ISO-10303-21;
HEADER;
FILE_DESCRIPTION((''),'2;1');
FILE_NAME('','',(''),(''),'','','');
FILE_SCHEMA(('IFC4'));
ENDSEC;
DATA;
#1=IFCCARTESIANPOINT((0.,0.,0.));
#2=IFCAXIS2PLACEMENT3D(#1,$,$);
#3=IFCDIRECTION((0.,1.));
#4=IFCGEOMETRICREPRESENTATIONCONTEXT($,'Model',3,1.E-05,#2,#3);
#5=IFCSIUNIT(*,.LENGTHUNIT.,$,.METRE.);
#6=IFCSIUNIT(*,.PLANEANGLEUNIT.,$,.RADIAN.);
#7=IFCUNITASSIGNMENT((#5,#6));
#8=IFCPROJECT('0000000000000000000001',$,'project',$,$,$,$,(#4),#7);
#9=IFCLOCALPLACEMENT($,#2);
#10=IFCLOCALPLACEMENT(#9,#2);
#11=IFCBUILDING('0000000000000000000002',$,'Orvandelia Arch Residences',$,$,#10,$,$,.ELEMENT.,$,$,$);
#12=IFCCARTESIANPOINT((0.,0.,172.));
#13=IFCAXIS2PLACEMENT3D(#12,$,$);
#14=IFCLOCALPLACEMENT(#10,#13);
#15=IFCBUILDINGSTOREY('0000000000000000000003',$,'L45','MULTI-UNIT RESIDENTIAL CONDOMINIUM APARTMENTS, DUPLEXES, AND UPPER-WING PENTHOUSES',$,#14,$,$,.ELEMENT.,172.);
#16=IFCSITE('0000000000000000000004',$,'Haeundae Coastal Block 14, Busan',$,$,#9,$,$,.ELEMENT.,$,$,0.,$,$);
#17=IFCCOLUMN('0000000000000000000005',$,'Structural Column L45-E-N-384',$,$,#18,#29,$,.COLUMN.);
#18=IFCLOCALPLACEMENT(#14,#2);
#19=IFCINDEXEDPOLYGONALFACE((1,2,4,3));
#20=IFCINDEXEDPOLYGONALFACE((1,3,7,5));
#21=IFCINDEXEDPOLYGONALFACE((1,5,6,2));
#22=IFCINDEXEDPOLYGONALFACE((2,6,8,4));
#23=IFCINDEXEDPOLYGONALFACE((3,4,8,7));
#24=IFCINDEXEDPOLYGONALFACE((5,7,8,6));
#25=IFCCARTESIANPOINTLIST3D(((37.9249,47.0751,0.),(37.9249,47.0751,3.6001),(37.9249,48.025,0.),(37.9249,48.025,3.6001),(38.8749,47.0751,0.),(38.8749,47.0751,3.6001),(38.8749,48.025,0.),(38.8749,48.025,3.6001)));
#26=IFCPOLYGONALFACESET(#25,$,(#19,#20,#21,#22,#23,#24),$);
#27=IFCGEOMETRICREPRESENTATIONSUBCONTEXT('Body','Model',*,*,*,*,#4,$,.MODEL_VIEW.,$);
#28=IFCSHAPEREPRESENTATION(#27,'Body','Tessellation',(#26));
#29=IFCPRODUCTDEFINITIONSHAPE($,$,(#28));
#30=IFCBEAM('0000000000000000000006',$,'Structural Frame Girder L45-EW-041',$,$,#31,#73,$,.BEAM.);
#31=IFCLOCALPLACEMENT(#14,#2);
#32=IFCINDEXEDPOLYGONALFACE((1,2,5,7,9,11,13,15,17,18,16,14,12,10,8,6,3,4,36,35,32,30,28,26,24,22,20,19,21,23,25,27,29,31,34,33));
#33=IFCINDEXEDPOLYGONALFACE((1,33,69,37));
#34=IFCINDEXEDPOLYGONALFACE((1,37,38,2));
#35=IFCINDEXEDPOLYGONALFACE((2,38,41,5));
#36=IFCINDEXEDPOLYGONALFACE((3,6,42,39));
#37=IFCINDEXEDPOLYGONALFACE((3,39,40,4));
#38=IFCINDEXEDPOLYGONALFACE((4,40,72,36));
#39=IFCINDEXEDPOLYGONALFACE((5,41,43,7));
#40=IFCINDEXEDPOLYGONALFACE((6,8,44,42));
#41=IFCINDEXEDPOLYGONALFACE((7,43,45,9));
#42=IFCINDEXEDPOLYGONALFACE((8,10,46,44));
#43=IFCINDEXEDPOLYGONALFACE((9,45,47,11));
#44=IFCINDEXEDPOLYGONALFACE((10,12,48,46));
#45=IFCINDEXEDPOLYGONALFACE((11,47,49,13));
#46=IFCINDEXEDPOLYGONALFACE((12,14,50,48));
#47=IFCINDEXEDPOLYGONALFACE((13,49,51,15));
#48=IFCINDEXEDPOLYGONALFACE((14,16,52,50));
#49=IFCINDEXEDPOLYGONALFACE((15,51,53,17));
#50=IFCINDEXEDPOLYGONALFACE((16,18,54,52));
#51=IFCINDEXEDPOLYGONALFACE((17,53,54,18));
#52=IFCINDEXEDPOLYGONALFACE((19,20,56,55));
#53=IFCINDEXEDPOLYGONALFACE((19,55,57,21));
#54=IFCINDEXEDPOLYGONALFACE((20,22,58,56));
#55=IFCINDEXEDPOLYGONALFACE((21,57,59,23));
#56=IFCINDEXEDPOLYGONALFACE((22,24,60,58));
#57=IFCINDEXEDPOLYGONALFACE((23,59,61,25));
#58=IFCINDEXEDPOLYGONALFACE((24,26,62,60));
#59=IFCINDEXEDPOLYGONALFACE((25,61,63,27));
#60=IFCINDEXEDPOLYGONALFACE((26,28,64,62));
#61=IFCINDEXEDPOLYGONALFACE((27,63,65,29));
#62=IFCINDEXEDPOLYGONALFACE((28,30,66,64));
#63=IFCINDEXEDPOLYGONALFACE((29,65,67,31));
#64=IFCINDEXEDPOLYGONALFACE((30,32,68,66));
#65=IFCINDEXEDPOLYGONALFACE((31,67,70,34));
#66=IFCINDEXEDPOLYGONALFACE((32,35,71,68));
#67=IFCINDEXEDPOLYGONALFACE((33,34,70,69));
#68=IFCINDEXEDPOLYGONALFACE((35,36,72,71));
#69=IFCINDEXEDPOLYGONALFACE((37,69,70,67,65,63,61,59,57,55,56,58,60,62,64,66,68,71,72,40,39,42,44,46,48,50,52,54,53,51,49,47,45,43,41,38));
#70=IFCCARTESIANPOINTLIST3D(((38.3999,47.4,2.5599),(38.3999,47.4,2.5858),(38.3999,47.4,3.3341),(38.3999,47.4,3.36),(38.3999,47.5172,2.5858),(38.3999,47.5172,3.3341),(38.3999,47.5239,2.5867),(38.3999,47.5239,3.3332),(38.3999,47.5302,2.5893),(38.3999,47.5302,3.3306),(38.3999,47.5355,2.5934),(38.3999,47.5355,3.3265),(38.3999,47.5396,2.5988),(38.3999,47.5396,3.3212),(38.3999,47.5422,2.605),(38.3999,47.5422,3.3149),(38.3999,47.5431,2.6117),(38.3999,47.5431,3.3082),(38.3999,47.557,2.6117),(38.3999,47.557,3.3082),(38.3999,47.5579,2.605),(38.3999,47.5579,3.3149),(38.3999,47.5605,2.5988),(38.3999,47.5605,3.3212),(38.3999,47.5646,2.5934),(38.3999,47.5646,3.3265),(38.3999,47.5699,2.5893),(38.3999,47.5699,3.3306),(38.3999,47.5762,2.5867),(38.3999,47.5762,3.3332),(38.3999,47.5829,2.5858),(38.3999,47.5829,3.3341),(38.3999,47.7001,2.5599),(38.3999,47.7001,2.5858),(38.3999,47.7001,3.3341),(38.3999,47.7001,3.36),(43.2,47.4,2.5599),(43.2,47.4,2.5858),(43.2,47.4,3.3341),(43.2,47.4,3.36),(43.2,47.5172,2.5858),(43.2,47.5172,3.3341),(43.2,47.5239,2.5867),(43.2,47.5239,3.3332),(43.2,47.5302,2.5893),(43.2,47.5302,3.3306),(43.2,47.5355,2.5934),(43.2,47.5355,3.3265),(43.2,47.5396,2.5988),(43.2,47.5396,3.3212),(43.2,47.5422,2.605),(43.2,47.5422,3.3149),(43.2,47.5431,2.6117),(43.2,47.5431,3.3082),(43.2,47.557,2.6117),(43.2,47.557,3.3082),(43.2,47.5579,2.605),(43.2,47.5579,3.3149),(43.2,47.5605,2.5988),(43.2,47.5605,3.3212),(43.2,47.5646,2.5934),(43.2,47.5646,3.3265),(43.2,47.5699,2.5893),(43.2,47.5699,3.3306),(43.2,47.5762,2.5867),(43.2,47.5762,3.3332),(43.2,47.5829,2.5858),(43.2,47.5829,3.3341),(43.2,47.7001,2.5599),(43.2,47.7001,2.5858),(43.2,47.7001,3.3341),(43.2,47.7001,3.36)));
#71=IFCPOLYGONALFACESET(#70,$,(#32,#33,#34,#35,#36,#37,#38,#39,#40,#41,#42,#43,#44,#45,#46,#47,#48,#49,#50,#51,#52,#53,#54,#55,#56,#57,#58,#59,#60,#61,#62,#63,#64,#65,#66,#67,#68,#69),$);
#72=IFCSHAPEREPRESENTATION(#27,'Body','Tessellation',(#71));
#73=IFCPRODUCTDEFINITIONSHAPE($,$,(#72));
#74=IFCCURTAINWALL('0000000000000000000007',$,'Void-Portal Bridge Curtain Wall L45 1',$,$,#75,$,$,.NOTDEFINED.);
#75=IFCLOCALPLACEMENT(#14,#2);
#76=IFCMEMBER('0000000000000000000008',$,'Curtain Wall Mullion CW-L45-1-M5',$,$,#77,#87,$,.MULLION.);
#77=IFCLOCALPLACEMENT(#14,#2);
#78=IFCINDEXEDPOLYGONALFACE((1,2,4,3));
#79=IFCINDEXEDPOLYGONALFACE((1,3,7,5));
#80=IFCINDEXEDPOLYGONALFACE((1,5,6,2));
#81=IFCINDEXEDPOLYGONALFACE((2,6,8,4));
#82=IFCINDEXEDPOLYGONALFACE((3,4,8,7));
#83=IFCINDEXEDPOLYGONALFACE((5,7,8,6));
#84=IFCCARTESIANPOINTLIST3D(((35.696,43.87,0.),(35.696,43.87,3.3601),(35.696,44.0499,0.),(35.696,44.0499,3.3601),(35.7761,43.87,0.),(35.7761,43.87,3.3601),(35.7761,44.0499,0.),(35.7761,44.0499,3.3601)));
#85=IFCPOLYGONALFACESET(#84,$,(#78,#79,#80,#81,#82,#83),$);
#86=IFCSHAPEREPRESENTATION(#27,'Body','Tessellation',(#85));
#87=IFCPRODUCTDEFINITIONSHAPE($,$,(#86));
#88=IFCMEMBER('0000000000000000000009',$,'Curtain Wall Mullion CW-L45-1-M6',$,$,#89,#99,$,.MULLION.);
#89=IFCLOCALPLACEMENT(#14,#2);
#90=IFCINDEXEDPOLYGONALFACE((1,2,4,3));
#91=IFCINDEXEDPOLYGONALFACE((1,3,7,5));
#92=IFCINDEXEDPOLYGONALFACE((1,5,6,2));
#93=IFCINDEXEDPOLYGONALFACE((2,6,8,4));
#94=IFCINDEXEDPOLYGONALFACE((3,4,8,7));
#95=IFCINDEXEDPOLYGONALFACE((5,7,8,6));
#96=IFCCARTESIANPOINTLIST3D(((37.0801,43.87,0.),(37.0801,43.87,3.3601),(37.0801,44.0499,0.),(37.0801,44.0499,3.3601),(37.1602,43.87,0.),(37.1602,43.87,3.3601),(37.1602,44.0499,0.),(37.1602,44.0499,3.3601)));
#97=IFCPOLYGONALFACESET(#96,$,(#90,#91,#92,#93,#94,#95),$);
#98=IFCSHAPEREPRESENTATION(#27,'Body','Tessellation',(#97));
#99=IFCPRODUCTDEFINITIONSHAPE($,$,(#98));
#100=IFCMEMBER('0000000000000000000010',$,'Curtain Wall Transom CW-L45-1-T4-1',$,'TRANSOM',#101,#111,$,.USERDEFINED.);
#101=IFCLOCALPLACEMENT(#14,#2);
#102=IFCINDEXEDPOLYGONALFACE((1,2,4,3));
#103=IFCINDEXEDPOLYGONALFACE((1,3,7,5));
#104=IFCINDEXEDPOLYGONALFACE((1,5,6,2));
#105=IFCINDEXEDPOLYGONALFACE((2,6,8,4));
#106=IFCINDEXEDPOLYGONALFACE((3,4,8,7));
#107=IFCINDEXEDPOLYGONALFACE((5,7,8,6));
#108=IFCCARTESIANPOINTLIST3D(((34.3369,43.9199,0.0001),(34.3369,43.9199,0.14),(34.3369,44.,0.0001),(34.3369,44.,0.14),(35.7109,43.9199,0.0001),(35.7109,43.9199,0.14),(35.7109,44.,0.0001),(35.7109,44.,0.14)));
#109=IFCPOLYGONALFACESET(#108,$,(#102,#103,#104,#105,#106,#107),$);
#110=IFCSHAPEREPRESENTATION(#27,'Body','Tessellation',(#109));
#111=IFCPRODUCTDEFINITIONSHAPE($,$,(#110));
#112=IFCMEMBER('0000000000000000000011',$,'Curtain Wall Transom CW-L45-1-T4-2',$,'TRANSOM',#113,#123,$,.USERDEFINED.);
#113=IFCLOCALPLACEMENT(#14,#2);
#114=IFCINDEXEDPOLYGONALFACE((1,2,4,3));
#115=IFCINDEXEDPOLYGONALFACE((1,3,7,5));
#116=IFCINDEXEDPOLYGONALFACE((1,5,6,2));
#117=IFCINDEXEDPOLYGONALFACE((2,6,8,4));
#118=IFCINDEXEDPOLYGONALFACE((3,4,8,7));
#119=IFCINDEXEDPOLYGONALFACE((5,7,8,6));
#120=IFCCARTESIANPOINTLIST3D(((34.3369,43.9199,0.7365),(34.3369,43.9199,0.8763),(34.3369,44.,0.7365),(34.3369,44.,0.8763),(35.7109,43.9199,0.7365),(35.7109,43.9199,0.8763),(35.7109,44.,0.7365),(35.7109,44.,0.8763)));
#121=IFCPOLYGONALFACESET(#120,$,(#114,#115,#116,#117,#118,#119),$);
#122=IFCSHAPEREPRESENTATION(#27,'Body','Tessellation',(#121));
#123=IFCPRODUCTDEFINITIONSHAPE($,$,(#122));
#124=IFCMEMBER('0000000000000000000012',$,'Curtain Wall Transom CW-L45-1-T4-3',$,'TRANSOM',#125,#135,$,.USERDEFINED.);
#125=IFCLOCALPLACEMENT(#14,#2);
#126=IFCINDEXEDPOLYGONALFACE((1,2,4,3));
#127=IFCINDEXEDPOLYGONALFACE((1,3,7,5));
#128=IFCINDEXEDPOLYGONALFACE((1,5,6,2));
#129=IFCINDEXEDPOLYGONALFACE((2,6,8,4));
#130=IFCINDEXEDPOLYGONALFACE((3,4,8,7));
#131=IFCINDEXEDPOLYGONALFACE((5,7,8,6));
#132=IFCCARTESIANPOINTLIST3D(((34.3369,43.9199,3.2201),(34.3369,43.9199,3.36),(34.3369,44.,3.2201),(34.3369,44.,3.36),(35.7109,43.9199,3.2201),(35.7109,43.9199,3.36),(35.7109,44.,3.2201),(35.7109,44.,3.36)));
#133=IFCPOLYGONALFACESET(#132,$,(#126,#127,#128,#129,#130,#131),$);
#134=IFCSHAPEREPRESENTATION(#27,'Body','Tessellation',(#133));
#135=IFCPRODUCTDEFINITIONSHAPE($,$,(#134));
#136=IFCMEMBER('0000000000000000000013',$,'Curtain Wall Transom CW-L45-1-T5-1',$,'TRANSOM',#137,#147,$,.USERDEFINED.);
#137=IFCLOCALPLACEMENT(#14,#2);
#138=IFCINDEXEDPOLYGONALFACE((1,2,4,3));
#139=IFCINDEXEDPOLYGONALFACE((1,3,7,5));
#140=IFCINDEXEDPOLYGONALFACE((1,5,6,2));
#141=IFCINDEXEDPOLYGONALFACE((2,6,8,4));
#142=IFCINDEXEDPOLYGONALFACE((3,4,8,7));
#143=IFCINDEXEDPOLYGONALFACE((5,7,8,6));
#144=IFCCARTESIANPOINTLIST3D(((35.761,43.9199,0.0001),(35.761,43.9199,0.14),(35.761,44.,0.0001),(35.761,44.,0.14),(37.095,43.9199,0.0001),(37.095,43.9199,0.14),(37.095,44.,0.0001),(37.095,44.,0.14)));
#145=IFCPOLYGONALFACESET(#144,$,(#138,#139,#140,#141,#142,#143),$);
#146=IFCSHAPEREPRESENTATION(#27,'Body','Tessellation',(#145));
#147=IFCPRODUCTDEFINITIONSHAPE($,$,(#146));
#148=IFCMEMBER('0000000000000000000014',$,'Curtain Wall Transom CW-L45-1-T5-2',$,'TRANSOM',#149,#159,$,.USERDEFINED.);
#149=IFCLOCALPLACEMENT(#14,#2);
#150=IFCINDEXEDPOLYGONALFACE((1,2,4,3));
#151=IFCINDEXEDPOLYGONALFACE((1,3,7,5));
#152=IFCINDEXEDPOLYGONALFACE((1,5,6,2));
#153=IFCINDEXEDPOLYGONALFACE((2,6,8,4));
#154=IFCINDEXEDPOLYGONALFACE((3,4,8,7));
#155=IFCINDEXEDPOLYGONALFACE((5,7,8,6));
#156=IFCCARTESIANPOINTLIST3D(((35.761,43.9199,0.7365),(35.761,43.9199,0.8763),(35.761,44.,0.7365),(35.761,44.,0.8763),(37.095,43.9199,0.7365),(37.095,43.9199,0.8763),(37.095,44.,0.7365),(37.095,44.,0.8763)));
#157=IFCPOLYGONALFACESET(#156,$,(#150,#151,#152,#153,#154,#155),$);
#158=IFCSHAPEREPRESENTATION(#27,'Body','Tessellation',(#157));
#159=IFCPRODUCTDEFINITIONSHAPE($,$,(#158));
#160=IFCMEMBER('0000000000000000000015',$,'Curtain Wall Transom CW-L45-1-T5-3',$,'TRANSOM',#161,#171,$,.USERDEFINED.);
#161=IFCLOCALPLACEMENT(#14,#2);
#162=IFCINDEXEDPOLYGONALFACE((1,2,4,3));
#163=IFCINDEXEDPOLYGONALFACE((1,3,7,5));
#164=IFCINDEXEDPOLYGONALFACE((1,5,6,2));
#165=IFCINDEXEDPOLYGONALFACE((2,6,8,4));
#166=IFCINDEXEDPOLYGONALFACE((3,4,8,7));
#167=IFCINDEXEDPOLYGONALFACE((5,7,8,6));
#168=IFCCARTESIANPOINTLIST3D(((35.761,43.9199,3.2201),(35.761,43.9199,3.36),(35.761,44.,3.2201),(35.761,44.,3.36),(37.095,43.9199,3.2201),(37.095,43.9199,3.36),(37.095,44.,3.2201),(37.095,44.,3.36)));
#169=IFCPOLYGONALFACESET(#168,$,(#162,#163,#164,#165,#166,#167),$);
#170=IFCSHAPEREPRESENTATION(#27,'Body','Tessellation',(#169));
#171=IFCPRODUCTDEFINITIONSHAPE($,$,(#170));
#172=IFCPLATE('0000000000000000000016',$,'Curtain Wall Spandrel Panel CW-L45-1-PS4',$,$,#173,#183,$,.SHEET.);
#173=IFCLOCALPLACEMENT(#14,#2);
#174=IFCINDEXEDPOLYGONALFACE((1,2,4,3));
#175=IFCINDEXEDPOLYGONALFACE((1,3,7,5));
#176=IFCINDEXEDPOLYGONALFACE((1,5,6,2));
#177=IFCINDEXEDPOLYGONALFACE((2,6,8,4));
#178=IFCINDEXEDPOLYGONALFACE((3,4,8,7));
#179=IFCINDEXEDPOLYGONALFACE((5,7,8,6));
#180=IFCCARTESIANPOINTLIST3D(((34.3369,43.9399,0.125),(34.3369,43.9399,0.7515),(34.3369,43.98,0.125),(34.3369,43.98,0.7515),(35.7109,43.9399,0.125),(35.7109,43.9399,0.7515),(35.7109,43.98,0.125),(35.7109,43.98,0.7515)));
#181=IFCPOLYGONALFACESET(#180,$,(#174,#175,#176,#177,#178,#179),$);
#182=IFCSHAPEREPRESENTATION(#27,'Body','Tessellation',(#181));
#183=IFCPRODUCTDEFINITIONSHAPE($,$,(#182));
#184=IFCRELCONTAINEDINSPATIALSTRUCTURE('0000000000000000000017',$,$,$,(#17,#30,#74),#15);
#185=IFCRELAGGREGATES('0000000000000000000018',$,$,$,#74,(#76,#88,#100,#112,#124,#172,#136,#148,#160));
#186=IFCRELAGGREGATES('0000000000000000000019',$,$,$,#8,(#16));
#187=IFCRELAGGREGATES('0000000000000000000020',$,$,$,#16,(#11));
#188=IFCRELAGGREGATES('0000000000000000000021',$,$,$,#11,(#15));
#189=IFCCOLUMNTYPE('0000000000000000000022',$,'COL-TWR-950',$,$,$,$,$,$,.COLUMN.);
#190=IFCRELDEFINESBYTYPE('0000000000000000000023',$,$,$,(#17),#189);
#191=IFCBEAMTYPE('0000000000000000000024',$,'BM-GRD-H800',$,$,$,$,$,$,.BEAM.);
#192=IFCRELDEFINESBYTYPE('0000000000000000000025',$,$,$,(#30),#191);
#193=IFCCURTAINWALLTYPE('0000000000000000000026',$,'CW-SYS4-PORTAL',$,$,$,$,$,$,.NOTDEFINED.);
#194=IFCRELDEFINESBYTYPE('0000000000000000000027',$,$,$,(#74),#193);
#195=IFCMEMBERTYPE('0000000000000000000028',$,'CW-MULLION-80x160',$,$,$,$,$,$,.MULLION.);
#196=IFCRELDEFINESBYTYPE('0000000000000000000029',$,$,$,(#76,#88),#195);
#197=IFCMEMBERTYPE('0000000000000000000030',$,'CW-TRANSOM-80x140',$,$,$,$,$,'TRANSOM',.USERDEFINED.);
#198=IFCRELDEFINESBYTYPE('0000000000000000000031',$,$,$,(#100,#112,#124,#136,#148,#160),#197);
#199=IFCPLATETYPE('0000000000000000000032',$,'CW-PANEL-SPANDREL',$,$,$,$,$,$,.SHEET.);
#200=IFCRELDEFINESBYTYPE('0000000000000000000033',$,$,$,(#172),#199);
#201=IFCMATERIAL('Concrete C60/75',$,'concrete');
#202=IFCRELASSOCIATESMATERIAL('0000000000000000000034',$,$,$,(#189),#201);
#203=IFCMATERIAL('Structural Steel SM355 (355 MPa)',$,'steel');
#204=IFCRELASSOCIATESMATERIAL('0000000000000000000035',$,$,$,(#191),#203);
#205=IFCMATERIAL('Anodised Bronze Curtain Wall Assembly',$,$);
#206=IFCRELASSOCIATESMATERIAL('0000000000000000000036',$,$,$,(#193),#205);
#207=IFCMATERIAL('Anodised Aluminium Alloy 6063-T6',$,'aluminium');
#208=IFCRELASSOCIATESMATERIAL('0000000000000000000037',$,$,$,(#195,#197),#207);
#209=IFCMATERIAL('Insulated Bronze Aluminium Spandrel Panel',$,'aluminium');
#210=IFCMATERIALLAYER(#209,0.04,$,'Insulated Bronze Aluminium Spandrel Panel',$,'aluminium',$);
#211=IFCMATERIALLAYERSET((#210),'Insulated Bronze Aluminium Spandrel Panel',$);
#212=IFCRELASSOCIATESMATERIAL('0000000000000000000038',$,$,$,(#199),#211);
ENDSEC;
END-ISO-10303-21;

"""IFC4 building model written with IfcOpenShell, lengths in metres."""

from ifc_helpers import new_model, si_unit, direction, frame, origin, origin_2d, place, context, subcontext, project, spatial, rectangle, i_section, extrude, material, layer, layer_set, material_profile, profile_set, type_object, element, aggregate, save


model = new_model("IFC4")

# Units and contexts
model_context = context("Model", 3, precision=1e-05, world=origin(), true_north=direction((0.0, 1.0)))
body_context = subcontext(model_context, "Body", "Model", "MODEL_VIEW")
ifc_project = project(units=[si_unit("LENGTHUNIT", "METRE"), si_unit("PLANEANGLEUNIT", "RADIAN")], contexts=[model_context])

# Site, building, storey
site_placement = place(None, origin())
site = spatial("IfcSite", under=ifc_project, at=site_placement, Name="Haeundae Coastal Block 14, Busan", CompositionType="ELEMENT", RefElevation=0.0)
building_placement = place(site_placement, origin())
building = spatial("IfcBuilding", under=site, at=building_placement, Name="Orvandelia Arch Residences", CompositionType="ELEMENT")
storey_placement = place(building_placement, frame((0.0, 0.0, 172.0)))
storey = spatial("IfcBuildingStorey", under=building, at=storey_placement, Name="L45", Description="MULTI-UNIT RESIDENTIAL CONDOMINIUM APARTMENTS, DUPLEXES, AND UPPER-WING PENTHOUSES", CompositionType="ELEMENT", Elevation=172.0)

# Column
ifc_material_1 = material(Name="Concrete C60/75", Category="concrete")
ifc_material_profile_1 = material_profile(ifc_material_1, rectangle(XDim=0.95, YDim=0.95, at=origin_2d()), Name="Concrete C60/75", Category="concrete")
ifc_profile_set_1 = profile_set([ifc_material_profile_1], Name="Concrete C60/75")
column_type = type_object("IfcColumnType", Name="COL-TWR-950", PredefinedType="COLUMN", material=ifc_profile_set_1)
column_placement = place(storey_placement, frame((38.3999, 47.55, 0.0), z_axis=(0.0, 0.0, 1.0), x_axis=(1.0, 0.0, 0.0)))
element("IfcColumn", 1, at=column_placement, inside=storey, type_object=column_type, Name="Structural Column L45-E-N-384", PredefinedType="COLUMN", context=body_context, shape_type="SweptSolid", body=[
    extrude(rectangle(XDim=0.95, YDim=0.95, at=origin_2d()), origin(), (0.0, 0.0, 1.0), 3.6001),
])

# Beam
ifc_material_2 = material(Name="Structural Steel SM355 (355 MPa)", Category="steel")
ifc_material_profile_2 = material_profile(ifc_material_2, i_section(OverallWidth=0.3, OverallDepth=0.8, WebThickness=0.0139, FlangeThickness=0.0259, FilletRadius=0.0259, at=origin_2d()), Name="Structural Steel SM355 (355 MPa)", Category="steel")
ifc_profile_set_2 = profile_set([ifc_material_profile_2], Name="Structural Steel SM355 (355 MPa)")
beam_type = type_object("IfcBeamType", Name="BM-GRD-H800", PredefinedType="BEAM", material=ifc_profile_set_2)
beam_placement = place(storey_placement, frame((38.3999, 47.55, 2.96), z_axis=(1.0, 0.0, 0.0), x_axis=(0.0, 1.0, 0.0)))
element("IfcBeam", 2, at=beam_placement, inside=storey, type_object=beam_type, Name="Structural Frame Girder L45-EW-041", PredefinedType="BEAM", context=body_context, shape_type="SweptSolid", body=[
    extrude(i_section(OverallWidth=0.3, OverallDepth=0.8, WebThickness=0.0139, FlangeThickness=0.0259, FilletRadius=0.0259, at=origin_2d()), origin(), (0.0, 0.0, 1.0), 4.8),
])

# Curtain wall, members, plate
ifc_material_3 = material(Name="Anodised Bronze Curtain Wall Assembly")
curtain_wall_type = type_object("IfcCurtainWallType", Name="CW-SYS4-PORTAL", PredefinedType="NOTDEFINED", material=ifc_material_3)
curtain_wall_placement = place(storey_placement, origin())
curtain_wall = element("IfcCurtainWall", 3, at=curtain_wall_placement, inside=storey, type_object=curtain_wall_type, Name="Void-Portal Bridge Curtain Wall L45 1", PredefinedType="NOTDEFINED")
ifc_material_4 = material(Name="Anodised Aluminium Alloy 6063-T6", Category="aluminium")
ifc_material_profile_3 = material_profile(ifc_material_4, rectangle(XDim=0.0801, YDim=0.1799, at=origin_2d()), Name="Anodised Aluminium Alloy 6063-T6", Category="aluminium")
ifc_profile_set_3 = profile_set([ifc_material_profile_3], Name="Anodised Aluminium Alloy 6063-T6")
member_type_1 = type_object("IfcMemberType", Name="CW-MULLION-80x160", PredefinedType="MULLION", material=ifc_profile_set_3)
member_1_placement = place(storey_placement, frame((35.7361, 43.96, 0.0), z_axis=(0.0, 0.0, 1.0), x_axis=(1.0, 0.0, 0.0)))
member_1 = element("IfcMember", 4, at=member_1_placement, type_object=member_type_1, Name="Curtain Wall Mullion CW-L45-1-M5", PredefinedType="MULLION", context=body_context, shape_type="SweptSolid", body=[
    extrude(rectangle(XDim=0.0801, YDim=0.1799, at=origin_2d()), origin(), (0.0, 0.0, 1.0), 3.3601),
])
member_2_placement = place(storey_placement, frame((37.1201, 43.96, 0.0), z_axis=(0.0, 0.0, 1.0), x_axis=(1.0, 0.0, 0.0)))
member_2 = element("IfcMember", 5, at=member_2_placement, type_object=member_type_1, Name="Curtain Wall Mullion CW-L45-1-M6", PredefinedType="MULLION", context=body_context, shape_type="SweptSolid", body=[
    extrude(rectangle(XDim=0.0801, YDim=0.1799, at=origin_2d()), origin(), (0.0, 0.0, 1.0), 3.3601),
])
ifc_material_profile_4 = material_profile(ifc_material_4, rectangle(XDim=0.0801, YDim=0.1399, at=origin_2d()), Name="Anodised Aluminium Alloy 6063-T6", Category="aluminium")
ifc_profile_set_4 = profile_set([ifc_material_profile_4], Name="Anodised Aluminium Alloy 6063-T6")
member_type_2 = type_object("IfcMemberType", Name="CW-TRANSOM-80x140", ElementType="TRANSOM", PredefinedType="USERDEFINED", material=ifc_profile_set_4)
member_3_placement = place(storey_placement, frame((34.3369, 43.96, 0.0701), z_axis=(1.0, 0.0, 0.0), x_axis=(0.0, 1.0, 0.0)))
member_3 = element("IfcMember", 6, at=member_3_placement, type_object=member_type_2, Name="Curtain Wall Transom CW-L45-1-T4-1", ObjectType="TRANSOM", PredefinedType="USERDEFINED", context=body_context, shape_type="SweptSolid", body=[
    extrude(rectangle(XDim=0.0801, YDim=0.1399, at=origin_2d()), origin(), (0.0, 0.0, 1.0), 1.374),
])
member_4_placement = place(storey_placement, frame((34.3369, 43.96, 0.8064), z_axis=(1.0, 0.0, 0.0), x_axis=(0.0, 1.0, 0.0)))
member_4 = element("IfcMember", 7, at=member_4_placement, type_object=member_type_2, Name="Curtain Wall Transom CW-L45-1-T4-2", ObjectType="TRANSOM", PredefinedType="USERDEFINED", context=body_context, shape_type="SweptSolid", body=[
    extrude(rectangle(XDim=0.0801, YDim=0.1399, at=origin_2d()), origin(), (0.0, 0.0, 1.0), 1.374),
])
member_5_placement = place(storey_placement, frame((34.3369, 43.96, 3.29), z_axis=(1.0, 0.0, 0.0), x_axis=(0.0, 1.0, 0.0)))
member_5 = element("IfcMember", 8, at=member_5_placement, type_object=member_type_2, Name="Curtain Wall Transom CW-L45-1-T4-3", ObjectType="TRANSOM", PredefinedType="USERDEFINED", context=body_context, shape_type="SweptSolid", body=[
    extrude(rectangle(XDim=0.0801, YDim=0.1399, at=origin_2d()), origin(), (0.0, 0.0, 1.0), 1.374),
])
member_6_placement = place(storey_placement, frame((35.761, 43.96, 0.0701), z_axis=(1.0, 0.0, 0.0), x_axis=(0.0, 1.0, 0.0)))
member_6 = element("IfcMember", 9, at=member_6_placement, type_object=member_type_2, Name="Curtain Wall Transom CW-L45-1-T5-1", ObjectType="TRANSOM", PredefinedType="USERDEFINED", context=body_context, shape_type="SweptSolid", body=[
    extrude(rectangle(XDim=0.0801, YDim=0.1399, at=origin_2d()), origin(), (0.0, 0.0, 1.0), 1.334),
])
member_7_placement = place(storey_placement, frame((35.761, 43.96, 0.8064), z_axis=(1.0, 0.0, 0.0), x_axis=(0.0, 1.0, 0.0)))
member_7 = element("IfcMember", 10, at=member_7_placement, type_object=member_type_2, Name="Curtain Wall Transom CW-L45-1-T5-2", ObjectType="TRANSOM", PredefinedType="USERDEFINED", context=body_context, shape_type="SweptSolid", body=[
    extrude(rectangle(XDim=0.0801, YDim=0.1399, at=origin_2d()), origin(), (0.0, 0.0, 1.0), 1.334),
])
member_8_placement = place(storey_placement, frame((35.761, 43.96, 3.29), z_axis=(1.0, 0.0, 0.0), x_axis=(0.0, 1.0, 0.0)))
member_8 = element("IfcMember", 11, at=member_8_placement, type_object=member_type_2, Name="Curtain Wall Transom CW-L45-1-T5-3", ObjectType="TRANSOM", PredefinedType="USERDEFINED", context=body_context, shape_type="SweptSolid", body=[
    extrude(rectangle(XDim=0.0801, YDim=0.1399, at=origin_2d()), origin(), (0.0, 0.0, 1.0), 1.334),
])
ifc_material_5 = material(Name="Insulated Bronze Aluminium Spandrel Panel", Category="aluminium")
ifc_layer_1 = layer(ifc_material_5, 0.04, Name="Insulated Bronze Aluminium Spandrel Panel", Category="aluminium")
ifc_layer_set_1 = layer_set([ifc_layer_1], Name="Insulated Bronze Aluminium Spandrel Panel")
plate_type_1 = type_object("IfcPlateType", Name="CW-PANEL-SPANDREL", PredefinedType="SHEET", material=ifc_layer_set_1)
plate_1_placement = place(storey_placement, frame((35.0239, 43.96, 0.125), z_axis=(0.0, 0.0, 1.0), x_axis=(1.0, 0.0, 0.0)))
plate_1 = element("IfcPlate", 12, at=plate_1_placement, type_object=plate_type_1, Name="Curtain Wall Spandrel Panel CW-L45-1-PS4", PredefinedType="SHEET", context=body_context, shape_type="SweptSolid", body=[
    extrude(rectangle(XDim=1.374, YDim=0.04, at=origin_2d()), origin(), (0.0, 0.0, 1.0), 0.6265),
])
aggregate(curtain_wall, [member_1, member_2, member_3, member_4, member_5, plate_1, member_6, member_7, member_8])

save(model, "model.ifc")
